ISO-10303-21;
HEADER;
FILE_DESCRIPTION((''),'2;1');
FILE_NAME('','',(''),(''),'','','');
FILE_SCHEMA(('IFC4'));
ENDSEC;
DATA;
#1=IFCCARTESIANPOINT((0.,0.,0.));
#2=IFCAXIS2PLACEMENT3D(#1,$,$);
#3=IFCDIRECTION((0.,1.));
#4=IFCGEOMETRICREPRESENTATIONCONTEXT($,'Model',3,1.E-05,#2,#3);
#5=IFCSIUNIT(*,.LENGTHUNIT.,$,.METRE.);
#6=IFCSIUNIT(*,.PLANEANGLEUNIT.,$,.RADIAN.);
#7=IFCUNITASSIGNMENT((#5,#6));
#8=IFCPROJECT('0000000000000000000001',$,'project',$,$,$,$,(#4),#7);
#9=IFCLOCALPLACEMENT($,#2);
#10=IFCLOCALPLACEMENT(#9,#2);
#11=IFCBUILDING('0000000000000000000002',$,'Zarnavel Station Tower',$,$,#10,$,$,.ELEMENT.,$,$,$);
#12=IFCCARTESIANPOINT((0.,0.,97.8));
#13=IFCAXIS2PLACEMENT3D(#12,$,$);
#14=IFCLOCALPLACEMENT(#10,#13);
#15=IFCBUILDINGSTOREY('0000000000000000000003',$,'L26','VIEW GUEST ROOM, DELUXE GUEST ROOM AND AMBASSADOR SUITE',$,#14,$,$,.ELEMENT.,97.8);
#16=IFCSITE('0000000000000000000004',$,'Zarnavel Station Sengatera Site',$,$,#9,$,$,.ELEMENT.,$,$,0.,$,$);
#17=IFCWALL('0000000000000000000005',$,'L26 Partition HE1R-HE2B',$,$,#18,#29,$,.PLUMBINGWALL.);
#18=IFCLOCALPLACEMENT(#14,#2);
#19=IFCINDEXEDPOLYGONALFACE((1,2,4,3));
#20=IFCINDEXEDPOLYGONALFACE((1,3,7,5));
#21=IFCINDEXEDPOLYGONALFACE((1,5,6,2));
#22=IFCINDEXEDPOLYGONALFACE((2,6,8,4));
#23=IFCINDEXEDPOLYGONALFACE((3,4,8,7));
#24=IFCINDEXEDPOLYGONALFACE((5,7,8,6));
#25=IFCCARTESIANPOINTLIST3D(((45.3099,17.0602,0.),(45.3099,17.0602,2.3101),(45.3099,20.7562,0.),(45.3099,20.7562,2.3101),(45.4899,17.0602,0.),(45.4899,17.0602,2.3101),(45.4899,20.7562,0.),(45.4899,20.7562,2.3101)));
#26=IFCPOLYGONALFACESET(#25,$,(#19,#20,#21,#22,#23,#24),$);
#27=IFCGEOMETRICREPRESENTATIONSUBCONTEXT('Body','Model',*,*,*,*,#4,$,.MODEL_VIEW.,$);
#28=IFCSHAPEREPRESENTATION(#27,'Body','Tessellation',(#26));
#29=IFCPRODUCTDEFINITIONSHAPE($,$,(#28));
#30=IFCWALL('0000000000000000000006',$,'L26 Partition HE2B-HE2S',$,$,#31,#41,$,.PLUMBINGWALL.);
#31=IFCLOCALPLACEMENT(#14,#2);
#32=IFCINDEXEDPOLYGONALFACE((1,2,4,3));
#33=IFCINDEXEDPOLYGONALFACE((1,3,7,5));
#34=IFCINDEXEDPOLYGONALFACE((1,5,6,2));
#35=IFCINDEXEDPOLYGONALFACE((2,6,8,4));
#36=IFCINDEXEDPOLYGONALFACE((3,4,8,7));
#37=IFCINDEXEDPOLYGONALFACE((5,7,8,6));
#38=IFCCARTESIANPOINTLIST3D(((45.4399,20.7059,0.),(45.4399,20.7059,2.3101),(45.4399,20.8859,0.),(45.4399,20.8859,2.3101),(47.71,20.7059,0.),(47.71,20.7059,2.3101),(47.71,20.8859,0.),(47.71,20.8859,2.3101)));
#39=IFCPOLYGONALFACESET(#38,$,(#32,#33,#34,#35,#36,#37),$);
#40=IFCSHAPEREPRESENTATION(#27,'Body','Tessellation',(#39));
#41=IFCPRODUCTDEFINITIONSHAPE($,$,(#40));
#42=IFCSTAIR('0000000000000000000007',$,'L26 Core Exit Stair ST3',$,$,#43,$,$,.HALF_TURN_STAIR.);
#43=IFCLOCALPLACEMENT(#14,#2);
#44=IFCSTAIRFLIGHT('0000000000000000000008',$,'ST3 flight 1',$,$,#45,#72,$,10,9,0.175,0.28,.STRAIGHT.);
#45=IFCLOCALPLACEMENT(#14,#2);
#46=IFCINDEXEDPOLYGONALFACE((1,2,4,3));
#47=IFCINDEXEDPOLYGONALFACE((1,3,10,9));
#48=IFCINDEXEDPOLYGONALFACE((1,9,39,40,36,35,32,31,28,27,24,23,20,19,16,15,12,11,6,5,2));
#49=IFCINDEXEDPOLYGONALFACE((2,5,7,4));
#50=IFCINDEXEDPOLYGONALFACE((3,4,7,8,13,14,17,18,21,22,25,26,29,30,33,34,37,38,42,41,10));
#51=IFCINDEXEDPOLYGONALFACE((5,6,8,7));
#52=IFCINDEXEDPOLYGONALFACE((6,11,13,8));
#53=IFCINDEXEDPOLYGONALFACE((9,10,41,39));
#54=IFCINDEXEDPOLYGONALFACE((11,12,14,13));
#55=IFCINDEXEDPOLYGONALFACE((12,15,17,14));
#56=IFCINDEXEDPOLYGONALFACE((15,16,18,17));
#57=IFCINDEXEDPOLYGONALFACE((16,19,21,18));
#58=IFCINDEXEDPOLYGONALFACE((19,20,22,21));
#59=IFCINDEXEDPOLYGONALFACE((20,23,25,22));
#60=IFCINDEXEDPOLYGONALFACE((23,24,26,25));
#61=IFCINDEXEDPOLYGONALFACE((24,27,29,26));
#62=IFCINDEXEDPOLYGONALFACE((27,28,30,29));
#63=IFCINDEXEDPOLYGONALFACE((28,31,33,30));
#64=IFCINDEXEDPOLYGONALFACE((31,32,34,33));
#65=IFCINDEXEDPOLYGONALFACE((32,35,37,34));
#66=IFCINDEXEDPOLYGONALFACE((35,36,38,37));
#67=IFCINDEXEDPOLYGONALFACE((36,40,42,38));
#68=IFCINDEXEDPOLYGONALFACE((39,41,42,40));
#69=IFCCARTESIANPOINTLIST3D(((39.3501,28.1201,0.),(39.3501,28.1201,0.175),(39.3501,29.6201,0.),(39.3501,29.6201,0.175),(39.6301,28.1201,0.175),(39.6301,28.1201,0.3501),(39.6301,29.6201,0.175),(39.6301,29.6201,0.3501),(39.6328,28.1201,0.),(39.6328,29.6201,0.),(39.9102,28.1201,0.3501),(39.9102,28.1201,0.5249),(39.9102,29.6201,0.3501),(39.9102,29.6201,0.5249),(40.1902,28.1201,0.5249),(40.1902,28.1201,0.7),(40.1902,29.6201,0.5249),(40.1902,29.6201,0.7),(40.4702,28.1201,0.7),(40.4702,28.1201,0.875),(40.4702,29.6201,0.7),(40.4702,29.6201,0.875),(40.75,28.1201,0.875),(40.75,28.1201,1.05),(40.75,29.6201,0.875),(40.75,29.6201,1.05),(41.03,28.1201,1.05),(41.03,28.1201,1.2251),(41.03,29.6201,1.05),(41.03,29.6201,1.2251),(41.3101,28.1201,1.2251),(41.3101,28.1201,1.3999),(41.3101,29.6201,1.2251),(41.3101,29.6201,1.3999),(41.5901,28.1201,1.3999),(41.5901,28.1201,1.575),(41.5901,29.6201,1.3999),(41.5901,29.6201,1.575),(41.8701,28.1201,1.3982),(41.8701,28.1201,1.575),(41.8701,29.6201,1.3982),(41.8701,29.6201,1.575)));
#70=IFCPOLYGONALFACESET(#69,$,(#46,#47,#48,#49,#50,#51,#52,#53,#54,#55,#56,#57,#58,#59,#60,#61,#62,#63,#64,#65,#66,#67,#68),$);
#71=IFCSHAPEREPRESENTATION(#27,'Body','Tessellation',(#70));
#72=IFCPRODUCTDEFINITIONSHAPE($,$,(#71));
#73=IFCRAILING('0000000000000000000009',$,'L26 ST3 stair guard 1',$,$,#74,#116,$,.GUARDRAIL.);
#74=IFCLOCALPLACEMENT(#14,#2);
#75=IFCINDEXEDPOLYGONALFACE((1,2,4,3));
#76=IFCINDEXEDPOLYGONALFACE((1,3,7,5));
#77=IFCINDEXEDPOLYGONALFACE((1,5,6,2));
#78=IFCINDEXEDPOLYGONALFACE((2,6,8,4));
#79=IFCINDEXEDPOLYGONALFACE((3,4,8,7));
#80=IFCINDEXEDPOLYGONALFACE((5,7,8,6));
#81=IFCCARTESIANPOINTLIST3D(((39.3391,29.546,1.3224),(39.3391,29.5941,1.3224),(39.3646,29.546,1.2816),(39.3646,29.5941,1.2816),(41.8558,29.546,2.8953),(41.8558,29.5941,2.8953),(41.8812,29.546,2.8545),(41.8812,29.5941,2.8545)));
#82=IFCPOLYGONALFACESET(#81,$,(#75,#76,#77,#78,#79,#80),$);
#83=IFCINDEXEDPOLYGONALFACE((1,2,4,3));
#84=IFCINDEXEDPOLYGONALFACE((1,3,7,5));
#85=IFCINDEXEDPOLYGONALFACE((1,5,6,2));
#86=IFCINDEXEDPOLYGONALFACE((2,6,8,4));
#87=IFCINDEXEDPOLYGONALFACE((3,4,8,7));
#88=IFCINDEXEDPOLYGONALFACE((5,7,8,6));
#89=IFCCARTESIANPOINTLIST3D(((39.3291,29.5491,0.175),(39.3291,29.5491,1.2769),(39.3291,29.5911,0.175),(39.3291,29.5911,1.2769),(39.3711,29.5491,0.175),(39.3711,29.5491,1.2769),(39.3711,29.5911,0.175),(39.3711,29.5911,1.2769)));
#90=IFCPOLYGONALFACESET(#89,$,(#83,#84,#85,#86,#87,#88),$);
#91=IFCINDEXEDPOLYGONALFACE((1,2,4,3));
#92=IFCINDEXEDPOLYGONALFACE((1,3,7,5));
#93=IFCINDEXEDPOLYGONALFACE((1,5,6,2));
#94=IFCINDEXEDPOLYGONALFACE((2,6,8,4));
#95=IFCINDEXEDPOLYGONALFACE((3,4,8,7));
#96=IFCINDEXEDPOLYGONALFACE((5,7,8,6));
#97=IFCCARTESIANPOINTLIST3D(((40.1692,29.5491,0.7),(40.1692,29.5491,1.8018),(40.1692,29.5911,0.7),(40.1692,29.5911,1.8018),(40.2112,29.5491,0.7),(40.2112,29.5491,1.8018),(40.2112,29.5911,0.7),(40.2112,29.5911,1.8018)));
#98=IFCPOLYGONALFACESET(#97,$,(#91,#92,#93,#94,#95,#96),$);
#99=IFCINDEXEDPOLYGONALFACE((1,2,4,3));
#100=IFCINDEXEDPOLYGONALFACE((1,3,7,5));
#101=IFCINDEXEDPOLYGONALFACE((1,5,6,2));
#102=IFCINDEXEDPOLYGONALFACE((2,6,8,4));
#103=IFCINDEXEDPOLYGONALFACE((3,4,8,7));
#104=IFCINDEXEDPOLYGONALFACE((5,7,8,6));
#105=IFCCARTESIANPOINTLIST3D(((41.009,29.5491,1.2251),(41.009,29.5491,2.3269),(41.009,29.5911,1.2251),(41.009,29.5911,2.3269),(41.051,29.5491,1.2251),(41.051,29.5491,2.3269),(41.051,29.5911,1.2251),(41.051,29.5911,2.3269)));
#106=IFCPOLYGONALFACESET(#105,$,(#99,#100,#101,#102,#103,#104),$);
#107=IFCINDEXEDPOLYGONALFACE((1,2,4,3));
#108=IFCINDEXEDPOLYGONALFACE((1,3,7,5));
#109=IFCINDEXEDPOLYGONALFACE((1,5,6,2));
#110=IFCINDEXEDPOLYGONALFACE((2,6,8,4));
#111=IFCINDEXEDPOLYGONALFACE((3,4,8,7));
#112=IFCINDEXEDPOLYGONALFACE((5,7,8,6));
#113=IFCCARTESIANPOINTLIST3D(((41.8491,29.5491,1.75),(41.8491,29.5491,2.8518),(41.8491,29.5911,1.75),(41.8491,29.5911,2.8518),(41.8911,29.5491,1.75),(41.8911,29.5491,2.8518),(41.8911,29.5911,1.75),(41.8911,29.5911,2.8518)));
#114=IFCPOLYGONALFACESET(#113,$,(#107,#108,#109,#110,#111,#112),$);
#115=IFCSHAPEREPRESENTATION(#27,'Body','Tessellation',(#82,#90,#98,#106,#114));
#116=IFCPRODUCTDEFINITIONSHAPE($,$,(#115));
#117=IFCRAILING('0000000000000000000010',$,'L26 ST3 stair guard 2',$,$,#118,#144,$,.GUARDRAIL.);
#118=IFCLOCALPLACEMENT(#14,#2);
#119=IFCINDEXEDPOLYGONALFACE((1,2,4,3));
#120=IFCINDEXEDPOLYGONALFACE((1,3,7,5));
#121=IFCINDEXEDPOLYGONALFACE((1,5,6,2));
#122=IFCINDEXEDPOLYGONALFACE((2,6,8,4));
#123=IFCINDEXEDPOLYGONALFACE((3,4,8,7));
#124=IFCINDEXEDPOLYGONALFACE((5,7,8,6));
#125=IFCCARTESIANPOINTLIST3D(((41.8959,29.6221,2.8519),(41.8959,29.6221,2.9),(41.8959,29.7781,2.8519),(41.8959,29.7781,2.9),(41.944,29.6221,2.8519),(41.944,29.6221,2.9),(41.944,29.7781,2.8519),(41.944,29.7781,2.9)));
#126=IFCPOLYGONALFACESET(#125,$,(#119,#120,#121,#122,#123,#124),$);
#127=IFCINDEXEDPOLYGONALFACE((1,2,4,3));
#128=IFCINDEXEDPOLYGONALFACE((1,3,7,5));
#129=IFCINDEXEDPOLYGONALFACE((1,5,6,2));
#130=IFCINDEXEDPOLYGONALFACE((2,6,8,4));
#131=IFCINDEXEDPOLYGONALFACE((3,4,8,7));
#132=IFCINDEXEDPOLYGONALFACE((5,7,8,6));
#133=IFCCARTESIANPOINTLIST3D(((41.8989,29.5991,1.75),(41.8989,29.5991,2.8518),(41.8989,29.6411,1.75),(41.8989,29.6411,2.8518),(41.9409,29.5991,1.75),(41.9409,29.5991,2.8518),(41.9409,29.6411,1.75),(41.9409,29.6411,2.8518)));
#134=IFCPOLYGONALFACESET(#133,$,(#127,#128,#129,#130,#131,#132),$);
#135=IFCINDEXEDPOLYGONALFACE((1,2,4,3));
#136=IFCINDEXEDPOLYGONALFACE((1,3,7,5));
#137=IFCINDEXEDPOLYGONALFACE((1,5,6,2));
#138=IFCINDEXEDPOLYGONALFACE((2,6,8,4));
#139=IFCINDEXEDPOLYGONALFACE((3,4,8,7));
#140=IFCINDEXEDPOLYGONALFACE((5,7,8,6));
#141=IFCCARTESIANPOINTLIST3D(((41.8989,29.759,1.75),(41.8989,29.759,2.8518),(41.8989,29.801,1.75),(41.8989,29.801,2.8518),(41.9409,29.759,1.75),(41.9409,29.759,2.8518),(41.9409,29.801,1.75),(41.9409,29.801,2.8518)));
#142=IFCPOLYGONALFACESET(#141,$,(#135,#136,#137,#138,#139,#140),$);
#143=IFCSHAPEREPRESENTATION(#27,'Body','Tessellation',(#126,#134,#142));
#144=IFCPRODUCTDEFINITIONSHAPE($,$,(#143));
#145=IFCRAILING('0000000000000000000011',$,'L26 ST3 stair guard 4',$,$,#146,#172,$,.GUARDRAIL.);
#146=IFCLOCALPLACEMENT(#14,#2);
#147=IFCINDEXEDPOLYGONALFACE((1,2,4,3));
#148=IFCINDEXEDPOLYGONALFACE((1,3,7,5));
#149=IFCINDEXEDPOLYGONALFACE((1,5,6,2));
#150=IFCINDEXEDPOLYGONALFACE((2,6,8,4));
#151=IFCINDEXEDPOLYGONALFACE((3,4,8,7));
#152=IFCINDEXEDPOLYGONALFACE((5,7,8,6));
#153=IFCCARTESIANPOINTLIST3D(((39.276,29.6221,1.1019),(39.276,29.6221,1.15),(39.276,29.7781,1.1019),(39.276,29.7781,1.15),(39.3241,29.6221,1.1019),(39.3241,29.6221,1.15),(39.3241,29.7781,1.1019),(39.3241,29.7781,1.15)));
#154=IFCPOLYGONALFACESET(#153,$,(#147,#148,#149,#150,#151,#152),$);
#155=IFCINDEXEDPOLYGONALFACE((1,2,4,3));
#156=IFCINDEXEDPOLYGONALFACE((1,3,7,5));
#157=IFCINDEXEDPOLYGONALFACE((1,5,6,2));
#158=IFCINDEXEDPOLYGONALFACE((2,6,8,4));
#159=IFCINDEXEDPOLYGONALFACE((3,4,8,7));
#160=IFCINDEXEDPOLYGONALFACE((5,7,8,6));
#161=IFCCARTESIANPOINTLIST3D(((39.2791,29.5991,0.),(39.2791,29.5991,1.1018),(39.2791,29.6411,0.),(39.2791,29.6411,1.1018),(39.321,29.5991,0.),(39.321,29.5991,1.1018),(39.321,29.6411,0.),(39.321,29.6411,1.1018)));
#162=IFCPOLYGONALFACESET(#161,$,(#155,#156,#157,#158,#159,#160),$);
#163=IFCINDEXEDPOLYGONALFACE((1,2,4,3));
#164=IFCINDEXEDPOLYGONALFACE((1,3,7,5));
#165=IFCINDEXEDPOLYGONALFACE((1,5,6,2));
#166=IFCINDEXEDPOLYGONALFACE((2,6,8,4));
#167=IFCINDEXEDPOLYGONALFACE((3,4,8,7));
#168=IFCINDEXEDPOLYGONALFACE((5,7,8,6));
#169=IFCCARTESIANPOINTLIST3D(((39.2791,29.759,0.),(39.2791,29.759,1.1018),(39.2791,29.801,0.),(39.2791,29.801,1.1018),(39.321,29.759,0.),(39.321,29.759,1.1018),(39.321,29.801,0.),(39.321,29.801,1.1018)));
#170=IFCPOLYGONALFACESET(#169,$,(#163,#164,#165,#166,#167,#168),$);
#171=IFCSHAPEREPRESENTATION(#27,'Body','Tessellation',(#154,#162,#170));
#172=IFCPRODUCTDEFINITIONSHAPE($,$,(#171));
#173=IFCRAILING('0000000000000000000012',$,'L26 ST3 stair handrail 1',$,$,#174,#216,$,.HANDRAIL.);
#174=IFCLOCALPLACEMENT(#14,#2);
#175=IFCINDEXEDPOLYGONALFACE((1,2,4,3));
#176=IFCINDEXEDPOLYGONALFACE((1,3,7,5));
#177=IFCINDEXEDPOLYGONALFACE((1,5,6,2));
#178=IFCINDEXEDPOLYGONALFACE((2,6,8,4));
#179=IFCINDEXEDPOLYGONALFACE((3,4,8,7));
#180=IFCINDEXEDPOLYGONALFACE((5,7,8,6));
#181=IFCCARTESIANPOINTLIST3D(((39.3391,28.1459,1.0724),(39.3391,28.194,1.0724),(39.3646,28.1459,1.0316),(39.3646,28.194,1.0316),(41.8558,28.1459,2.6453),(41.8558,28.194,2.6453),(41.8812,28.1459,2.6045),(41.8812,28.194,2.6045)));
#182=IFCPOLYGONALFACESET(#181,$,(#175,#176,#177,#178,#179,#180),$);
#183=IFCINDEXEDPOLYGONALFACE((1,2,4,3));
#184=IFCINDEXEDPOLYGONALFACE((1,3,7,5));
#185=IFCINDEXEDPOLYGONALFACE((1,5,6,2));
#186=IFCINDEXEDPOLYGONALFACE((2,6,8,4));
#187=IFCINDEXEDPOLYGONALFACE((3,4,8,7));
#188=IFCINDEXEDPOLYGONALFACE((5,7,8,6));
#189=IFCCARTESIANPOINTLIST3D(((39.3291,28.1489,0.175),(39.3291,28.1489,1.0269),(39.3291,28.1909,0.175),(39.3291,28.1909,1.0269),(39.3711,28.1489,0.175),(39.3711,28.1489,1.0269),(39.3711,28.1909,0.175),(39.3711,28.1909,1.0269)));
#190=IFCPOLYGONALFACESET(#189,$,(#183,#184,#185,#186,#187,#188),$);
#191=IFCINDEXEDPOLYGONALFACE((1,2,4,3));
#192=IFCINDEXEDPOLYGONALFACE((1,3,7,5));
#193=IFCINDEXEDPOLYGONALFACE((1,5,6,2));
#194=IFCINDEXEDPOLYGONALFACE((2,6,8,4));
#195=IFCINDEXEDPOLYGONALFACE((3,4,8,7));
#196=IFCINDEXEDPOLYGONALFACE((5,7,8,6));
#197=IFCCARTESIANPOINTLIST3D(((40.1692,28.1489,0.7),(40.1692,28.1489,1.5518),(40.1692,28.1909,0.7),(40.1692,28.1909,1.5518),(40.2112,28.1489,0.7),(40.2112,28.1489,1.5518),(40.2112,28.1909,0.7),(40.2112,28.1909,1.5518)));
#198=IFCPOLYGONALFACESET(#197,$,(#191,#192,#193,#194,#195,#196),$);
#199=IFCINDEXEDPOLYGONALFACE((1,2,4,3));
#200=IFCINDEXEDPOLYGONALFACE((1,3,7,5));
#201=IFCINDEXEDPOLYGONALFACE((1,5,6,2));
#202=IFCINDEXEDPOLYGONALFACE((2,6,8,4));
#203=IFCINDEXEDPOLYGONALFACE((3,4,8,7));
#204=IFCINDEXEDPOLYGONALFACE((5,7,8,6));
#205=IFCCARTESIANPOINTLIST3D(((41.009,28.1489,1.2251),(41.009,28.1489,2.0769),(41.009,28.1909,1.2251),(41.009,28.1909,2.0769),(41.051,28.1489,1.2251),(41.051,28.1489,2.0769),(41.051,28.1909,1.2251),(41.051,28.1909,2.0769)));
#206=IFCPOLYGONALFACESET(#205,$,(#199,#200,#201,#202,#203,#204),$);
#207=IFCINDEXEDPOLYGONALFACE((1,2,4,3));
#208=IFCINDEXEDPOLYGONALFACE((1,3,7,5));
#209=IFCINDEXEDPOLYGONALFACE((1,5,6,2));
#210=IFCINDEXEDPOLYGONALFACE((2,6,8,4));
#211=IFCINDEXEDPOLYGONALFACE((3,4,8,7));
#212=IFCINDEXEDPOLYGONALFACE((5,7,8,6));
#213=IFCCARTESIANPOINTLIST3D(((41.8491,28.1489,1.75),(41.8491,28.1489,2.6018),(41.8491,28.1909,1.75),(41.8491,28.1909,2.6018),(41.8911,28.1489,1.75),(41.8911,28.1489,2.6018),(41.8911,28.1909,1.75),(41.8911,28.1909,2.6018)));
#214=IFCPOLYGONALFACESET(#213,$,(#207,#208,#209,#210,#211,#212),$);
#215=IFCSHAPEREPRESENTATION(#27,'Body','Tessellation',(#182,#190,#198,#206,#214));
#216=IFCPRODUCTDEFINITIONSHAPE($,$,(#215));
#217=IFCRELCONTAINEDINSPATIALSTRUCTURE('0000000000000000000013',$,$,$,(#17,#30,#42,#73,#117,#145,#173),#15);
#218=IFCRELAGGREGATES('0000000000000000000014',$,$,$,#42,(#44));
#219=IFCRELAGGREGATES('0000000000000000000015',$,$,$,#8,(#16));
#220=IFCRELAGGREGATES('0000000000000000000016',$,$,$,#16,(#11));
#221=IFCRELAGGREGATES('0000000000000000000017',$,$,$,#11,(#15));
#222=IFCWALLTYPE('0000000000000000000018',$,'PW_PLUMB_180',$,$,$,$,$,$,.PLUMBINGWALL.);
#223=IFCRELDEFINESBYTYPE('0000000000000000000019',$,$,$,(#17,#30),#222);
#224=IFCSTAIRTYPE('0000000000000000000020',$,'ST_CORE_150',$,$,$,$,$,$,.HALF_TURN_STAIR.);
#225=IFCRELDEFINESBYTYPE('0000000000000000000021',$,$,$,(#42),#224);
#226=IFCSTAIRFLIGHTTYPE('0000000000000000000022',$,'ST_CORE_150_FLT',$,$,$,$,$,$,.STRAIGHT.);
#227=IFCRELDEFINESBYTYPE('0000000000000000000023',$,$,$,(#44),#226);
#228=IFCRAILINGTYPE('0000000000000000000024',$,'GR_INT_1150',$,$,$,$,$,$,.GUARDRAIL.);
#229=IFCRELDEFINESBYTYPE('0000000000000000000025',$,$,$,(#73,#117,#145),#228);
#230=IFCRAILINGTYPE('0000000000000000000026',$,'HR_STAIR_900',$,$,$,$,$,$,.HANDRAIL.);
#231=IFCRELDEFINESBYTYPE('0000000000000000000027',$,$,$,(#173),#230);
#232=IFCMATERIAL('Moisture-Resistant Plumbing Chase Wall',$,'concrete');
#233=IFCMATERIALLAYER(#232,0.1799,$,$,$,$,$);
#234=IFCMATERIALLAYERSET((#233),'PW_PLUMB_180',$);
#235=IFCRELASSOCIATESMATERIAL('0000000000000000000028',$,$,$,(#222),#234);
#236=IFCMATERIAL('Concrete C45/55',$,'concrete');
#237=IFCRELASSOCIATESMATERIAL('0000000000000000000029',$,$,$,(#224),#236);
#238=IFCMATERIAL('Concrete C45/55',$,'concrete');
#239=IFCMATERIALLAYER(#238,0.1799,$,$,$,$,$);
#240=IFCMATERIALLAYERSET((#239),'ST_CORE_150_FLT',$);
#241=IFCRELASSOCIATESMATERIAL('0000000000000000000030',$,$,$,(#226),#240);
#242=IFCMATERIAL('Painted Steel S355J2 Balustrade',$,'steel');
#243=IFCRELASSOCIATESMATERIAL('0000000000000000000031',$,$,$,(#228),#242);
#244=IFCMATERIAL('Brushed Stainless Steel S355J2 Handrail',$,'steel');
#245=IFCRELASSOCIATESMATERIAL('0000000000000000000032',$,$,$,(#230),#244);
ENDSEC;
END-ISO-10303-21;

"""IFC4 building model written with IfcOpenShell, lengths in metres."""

from ifc_helpers import new_model, si_unit, direction, frame, frame_2d, origin, origin_2d, place, context, subcontext, project, spatial, polyline, rectangle, outline, extrude, material, layer, layer_set, type_object, element, aggregate, save


model = new_model("IFC4")

# Units and contexts
model_context = context("Model", 3, precision=1e-05, world=origin(), true_north=direction((0.0, 1.0)))
body_context = subcontext(model_context, "Body", "Model", "MODEL_VIEW")
ifc_project = project(units=[si_unit("LENGTHUNIT", "METRE"), si_unit("PLANEANGLEUNIT", "RADIAN")], contexts=[model_context])

# Site, building, storey
site_placement = place(None, origin())
site = spatial("IfcSite", under=ifc_project, at=site_placement, Name="Zarnavel Station Sengatera Site", CompositionType="ELEMENT", RefElevation=0.0)
building_placement = place(site_placement, origin())
building = spatial("IfcBuilding", under=site, at=building_placement, Name="Zarnavel Station Tower", CompositionType="ELEMENT")
storey_placement = place(building_placement, frame((0.0, 0.0, 97.8)))
storey = spatial("IfcBuildingStorey", under=building, at=storey_placement, Name="L26", Description="VIEW GUEST ROOM, DELUXE GUEST ROOM AND AMBASSADOR SUITE", CompositionType="ELEMENT", Elevation=97.8)

# Shared definitions
ifc_material_1 = material(Name="Moisture-Resistant Plumbing Chase Wall", Category="concrete")
ifc_layer_1 = layer(ifc_material_1, 0.1799)
ifc_layer_set_1 = layer_set([ifc_layer_1], Name="PW_PLUMB_180")
wall_type_1 = type_object("IfcWallType", Name="PW_PLUMB_180", PredefinedType="PLUMBINGWALL", material=ifc_layer_set_1)

# Walls
wall_1_placement = place(storey_placement, frame((45.3999, 17.0601, 0.0), z_axis=(0.0, 0.0, 1.0), x_axis=(0.0, 1.0, 0.0)))
element("IfcWall", 1, at=wall_1_placement, inside=storey, type_object=wall_type_1, Name="L26 Partition HE1R-HE2B", PredefinedType="PLUMBINGWALL", context=body_context, shape_type="SweptSolid", body=[
    extrude(rectangle(XDim=3.696, YDim=0.1799, at=frame_2d((1.8481, 0.0))), origin(), (0.0, 0.0, 1.0), 2.3101),
])
wall_2_placement = place(storey_placement, frame((45.4399, 20.7959, 0.0), z_axis=(0.0, 0.0, 1.0), x_axis=(1.0, 0.0, 0.0)))
element("IfcWall", 2, at=wall_2_placement, inside=storey, type_object=wall_type_1, Name="L26 Partition HE2B-HE2S", PredefinedType="PLUMBINGWALL", context=body_context, shape_type="SweptSolid", body=[
    extrude(rectangle(XDim=2.27, YDim=0.1799, at=frame_2d((1.135, 0.0))), origin(), (0.0, 0.0, 1.0), 2.3101),
])

# Stair, stair flight
ifc_material_2 = material(Name="Concrete C45/55", Category="concrete")
stair_type = type_object("IfcStairType", Name="ST_CORE_150", PredefinedType="HALF_TURN_STAIR", material=ifc_material_2)
stair_placement = place(storey_placement, origin())
stair = element("IfcStair", 3, at=stair_placement, inside=storey, type_object=stair_type, Name="L26 Core Exit Stair ST3", PredefinedType="HALF_TURN_STAIR")
ifc_material_3 = material(Name="Concrete C45/55", Category="concrete")
ifc_layer_2 = layer(ifc_material_3, 0.1799)
ifc_layer_set_2 = layer_set([ifc_layer_2], Name="ST_CORE_150_FLT")
stair_flight_type = type_object("IfcStairFlightType", Name="ST_CORE_150_FLT", PredefinedType="STRAIGHT", material=ifc_layer_set_2)
stair_flight_placement = place(storey_placement, frame((39.3501, 28.8701, 0.0), z_axis=(0.0, 0.0, 1.0), x_axis=(1.0, 0.0, 0.0)))
stair_flight = element("IfcStairFlight", 4, at=stair_flight_placement, type_object=stair_flight_type, Name="ST3 flight 1", NumberOfRisers=10, NumberOfTreads=9, PredefinedType="STRAIGHT", RiserHeight=0.175, TreadLength=0.28, context=body_context, shape_type="SweptSolid", body=[
    extrude(outline(polyline([(0.0, 0.0), (0.0, 0.175), (0.28, 0.175), (0.28, 0.3501), (0.5601, 0.3501), (0.5601, 0.5249), (0.8401, 0.5249), (0.8401, 0.7), (1.1201, 0.7), (1.1201, 0.875), (1.3999, 0.875), (1.3999, 1.05), (1.6799, 1.05), (1.6799, 1.2251), (1.96, 1.2251), (1.96, 1.3999), (2.24, 1.3999), (2.24, 1.575), (2.52, 1.575), (2.52, 1.75), (2.52, 1.3982), (0.2827, 0.0), (0.0, 0.0)])), frame((0.0, 0.75, 0.0), z_axis=(0.0, -1.0, 0.0), x_axis=(1.0, 0.0, 0.0)), (0.0, 0.0, 1.0), 1.5),
])
aggregate(stair, [stair_flight])

# Railings
ifc_material_4 = material(Name="Painted Steel S355J2 Balustrade", Category="steel")
railing_type_1 = type_object("IfcRailingType", Name="GR_INT_1150", PredefinedType="GUARDRAIL", material=ifc_material_4)
railing_1_placement = place(storey_placement, frame((39.3501, 29.5701, 0.175)))
element("IfcRailing", 5, at=railing_1_placement, inside=storey, type_object=railing_type_1, Name="L26 ST3 stair guard 1", PredefinedType="GUARDRAIL", context=body_context, shape_type="SweptSolid", body=[
    extrude(rectangle(XDim=0.0481, YDim=0.0481, at=origin_2d()), frame((0.0017, 0.0, 1.127), z_axis=(0.848008, 0.0, 0.529984), x_axis=(0.0, 1.0, 0.0)), (0.0, 0.0, 1.0), 2.9678),
    extrude(rectangle(XDim=0.042, YDim=0.042, at=origin_2d()), origin(), (0.0, 0.0, 1.0), 1.1018),
    extrude(rectangle(XDim=0.042, YDim=0.042, at=origin_2d()), frame((0.8401, 0.0, 0.5249)), (0.0, 0.0, 1.0), 1.1018),
    extrude(rectangle(XDim=0.042, YDim=0.042, at=origin_2d()), frame((1.6799, 0.0, 1.05)), (0.0, 0.0, 1.0), 1.1018),
    extrude(rectangle(XDim=0.042, YDim=0.042, at=origin_2d()), frame((2.52, 0.0, 1.575)), (0.0, 0.0, 1.0), 1.1018),
])
for number, where, name in (
    (6, (41.9199, 29.6201, 1.75), "L26 ST3 stair guard 2"),
    (7, (39.3, 29.6201, 0.0), "L26 ST3 stair guard 4"),
):
    element("IfcRailing", number, at=place(storey_placement, frame(where)), inside=storey, type_object=railing_type_1, Name=name, PredefinedType="GUARDRAIL", context=body_context, shape_type="SweptSolid", body=[
        extrude(rectangle(XDim=0.0481, YDim=0.0481, at=origin_2d()), frame((0.0, 0.002, 1.126), z_axis=(0.0, 1.0, 0.0), x_axis=(-1.0, 0.0, 0.0)), (0.0, 0.0, 1.0), 0.156),
        extrude(rectangle(XDim=0.042, YDim=0.042, at=origin_2d()), origin(), (0.0, 0.0, 1.0), 1.1018),
        extrude(rectangle(XDim=0.042, YDim=0.042, at=origin_2d()), frame((0.0, 0.1599, 0.0)), (0.0, 0.0, 1.0), 1.1018),
    ])
ifc_material_5 = material(Name="Brushed Stainless Steel S355J2 Handrail", Category="steel")
railing_type_2 = type_object("IfcRailingType", Name="HR_STAIR_900", PredefinedType="HANDRAIL", material=ifc_material_5)
railing_2_placement = place(storey_placement, frame((39.3501, 28.1699, 0.175)))
element("IfcRailing", 8, at=railing_2_placement, inside=storey, type_object=railing_type_2, Name="L26 ST3 stair handrail 1", PredefinedType="HANDRAIL", context=body_context, shape_type="SweptSolid", body=[
    extrude(rectangle(XDim=0.0481, YDim=0.0481, at=origin_2d()), frame((0.0017, 0.0, 0.877), z_axis=(0.848008, 0.0, 0.529984), x_axis=(0.0, 1.0, 0.0)), (0.0, 0.0, 1.0), 2.9678),
    extrude(rectangle(XDim=0.042, YDim=0.042, at=origin_2d()), origin(), (0.0, 0.0, 1.0), 0.8518),
    extrude(rectangle(XDim=0.042, YDim=0.042, at=origin_2d()), frame((0.8401, 0.0, 0.5249)), (0.0, 0.0, 1.0), 0.8518),
    extrude(rectangle(XDim=0.042, YDim=0.042, at=origin_2d()), frame((1.6799, 0.0, 1.05)), (0.0, 0.0, 1.0), 0.8518),
    extrude(rectangle(XDim=0.042, YDim=0.042, at=origin_2d()), frame((2.52, 0.0, 1.575)), (0.0, 0.0, 1.0), 0.8518),
])

save(model, "model.ifc")
